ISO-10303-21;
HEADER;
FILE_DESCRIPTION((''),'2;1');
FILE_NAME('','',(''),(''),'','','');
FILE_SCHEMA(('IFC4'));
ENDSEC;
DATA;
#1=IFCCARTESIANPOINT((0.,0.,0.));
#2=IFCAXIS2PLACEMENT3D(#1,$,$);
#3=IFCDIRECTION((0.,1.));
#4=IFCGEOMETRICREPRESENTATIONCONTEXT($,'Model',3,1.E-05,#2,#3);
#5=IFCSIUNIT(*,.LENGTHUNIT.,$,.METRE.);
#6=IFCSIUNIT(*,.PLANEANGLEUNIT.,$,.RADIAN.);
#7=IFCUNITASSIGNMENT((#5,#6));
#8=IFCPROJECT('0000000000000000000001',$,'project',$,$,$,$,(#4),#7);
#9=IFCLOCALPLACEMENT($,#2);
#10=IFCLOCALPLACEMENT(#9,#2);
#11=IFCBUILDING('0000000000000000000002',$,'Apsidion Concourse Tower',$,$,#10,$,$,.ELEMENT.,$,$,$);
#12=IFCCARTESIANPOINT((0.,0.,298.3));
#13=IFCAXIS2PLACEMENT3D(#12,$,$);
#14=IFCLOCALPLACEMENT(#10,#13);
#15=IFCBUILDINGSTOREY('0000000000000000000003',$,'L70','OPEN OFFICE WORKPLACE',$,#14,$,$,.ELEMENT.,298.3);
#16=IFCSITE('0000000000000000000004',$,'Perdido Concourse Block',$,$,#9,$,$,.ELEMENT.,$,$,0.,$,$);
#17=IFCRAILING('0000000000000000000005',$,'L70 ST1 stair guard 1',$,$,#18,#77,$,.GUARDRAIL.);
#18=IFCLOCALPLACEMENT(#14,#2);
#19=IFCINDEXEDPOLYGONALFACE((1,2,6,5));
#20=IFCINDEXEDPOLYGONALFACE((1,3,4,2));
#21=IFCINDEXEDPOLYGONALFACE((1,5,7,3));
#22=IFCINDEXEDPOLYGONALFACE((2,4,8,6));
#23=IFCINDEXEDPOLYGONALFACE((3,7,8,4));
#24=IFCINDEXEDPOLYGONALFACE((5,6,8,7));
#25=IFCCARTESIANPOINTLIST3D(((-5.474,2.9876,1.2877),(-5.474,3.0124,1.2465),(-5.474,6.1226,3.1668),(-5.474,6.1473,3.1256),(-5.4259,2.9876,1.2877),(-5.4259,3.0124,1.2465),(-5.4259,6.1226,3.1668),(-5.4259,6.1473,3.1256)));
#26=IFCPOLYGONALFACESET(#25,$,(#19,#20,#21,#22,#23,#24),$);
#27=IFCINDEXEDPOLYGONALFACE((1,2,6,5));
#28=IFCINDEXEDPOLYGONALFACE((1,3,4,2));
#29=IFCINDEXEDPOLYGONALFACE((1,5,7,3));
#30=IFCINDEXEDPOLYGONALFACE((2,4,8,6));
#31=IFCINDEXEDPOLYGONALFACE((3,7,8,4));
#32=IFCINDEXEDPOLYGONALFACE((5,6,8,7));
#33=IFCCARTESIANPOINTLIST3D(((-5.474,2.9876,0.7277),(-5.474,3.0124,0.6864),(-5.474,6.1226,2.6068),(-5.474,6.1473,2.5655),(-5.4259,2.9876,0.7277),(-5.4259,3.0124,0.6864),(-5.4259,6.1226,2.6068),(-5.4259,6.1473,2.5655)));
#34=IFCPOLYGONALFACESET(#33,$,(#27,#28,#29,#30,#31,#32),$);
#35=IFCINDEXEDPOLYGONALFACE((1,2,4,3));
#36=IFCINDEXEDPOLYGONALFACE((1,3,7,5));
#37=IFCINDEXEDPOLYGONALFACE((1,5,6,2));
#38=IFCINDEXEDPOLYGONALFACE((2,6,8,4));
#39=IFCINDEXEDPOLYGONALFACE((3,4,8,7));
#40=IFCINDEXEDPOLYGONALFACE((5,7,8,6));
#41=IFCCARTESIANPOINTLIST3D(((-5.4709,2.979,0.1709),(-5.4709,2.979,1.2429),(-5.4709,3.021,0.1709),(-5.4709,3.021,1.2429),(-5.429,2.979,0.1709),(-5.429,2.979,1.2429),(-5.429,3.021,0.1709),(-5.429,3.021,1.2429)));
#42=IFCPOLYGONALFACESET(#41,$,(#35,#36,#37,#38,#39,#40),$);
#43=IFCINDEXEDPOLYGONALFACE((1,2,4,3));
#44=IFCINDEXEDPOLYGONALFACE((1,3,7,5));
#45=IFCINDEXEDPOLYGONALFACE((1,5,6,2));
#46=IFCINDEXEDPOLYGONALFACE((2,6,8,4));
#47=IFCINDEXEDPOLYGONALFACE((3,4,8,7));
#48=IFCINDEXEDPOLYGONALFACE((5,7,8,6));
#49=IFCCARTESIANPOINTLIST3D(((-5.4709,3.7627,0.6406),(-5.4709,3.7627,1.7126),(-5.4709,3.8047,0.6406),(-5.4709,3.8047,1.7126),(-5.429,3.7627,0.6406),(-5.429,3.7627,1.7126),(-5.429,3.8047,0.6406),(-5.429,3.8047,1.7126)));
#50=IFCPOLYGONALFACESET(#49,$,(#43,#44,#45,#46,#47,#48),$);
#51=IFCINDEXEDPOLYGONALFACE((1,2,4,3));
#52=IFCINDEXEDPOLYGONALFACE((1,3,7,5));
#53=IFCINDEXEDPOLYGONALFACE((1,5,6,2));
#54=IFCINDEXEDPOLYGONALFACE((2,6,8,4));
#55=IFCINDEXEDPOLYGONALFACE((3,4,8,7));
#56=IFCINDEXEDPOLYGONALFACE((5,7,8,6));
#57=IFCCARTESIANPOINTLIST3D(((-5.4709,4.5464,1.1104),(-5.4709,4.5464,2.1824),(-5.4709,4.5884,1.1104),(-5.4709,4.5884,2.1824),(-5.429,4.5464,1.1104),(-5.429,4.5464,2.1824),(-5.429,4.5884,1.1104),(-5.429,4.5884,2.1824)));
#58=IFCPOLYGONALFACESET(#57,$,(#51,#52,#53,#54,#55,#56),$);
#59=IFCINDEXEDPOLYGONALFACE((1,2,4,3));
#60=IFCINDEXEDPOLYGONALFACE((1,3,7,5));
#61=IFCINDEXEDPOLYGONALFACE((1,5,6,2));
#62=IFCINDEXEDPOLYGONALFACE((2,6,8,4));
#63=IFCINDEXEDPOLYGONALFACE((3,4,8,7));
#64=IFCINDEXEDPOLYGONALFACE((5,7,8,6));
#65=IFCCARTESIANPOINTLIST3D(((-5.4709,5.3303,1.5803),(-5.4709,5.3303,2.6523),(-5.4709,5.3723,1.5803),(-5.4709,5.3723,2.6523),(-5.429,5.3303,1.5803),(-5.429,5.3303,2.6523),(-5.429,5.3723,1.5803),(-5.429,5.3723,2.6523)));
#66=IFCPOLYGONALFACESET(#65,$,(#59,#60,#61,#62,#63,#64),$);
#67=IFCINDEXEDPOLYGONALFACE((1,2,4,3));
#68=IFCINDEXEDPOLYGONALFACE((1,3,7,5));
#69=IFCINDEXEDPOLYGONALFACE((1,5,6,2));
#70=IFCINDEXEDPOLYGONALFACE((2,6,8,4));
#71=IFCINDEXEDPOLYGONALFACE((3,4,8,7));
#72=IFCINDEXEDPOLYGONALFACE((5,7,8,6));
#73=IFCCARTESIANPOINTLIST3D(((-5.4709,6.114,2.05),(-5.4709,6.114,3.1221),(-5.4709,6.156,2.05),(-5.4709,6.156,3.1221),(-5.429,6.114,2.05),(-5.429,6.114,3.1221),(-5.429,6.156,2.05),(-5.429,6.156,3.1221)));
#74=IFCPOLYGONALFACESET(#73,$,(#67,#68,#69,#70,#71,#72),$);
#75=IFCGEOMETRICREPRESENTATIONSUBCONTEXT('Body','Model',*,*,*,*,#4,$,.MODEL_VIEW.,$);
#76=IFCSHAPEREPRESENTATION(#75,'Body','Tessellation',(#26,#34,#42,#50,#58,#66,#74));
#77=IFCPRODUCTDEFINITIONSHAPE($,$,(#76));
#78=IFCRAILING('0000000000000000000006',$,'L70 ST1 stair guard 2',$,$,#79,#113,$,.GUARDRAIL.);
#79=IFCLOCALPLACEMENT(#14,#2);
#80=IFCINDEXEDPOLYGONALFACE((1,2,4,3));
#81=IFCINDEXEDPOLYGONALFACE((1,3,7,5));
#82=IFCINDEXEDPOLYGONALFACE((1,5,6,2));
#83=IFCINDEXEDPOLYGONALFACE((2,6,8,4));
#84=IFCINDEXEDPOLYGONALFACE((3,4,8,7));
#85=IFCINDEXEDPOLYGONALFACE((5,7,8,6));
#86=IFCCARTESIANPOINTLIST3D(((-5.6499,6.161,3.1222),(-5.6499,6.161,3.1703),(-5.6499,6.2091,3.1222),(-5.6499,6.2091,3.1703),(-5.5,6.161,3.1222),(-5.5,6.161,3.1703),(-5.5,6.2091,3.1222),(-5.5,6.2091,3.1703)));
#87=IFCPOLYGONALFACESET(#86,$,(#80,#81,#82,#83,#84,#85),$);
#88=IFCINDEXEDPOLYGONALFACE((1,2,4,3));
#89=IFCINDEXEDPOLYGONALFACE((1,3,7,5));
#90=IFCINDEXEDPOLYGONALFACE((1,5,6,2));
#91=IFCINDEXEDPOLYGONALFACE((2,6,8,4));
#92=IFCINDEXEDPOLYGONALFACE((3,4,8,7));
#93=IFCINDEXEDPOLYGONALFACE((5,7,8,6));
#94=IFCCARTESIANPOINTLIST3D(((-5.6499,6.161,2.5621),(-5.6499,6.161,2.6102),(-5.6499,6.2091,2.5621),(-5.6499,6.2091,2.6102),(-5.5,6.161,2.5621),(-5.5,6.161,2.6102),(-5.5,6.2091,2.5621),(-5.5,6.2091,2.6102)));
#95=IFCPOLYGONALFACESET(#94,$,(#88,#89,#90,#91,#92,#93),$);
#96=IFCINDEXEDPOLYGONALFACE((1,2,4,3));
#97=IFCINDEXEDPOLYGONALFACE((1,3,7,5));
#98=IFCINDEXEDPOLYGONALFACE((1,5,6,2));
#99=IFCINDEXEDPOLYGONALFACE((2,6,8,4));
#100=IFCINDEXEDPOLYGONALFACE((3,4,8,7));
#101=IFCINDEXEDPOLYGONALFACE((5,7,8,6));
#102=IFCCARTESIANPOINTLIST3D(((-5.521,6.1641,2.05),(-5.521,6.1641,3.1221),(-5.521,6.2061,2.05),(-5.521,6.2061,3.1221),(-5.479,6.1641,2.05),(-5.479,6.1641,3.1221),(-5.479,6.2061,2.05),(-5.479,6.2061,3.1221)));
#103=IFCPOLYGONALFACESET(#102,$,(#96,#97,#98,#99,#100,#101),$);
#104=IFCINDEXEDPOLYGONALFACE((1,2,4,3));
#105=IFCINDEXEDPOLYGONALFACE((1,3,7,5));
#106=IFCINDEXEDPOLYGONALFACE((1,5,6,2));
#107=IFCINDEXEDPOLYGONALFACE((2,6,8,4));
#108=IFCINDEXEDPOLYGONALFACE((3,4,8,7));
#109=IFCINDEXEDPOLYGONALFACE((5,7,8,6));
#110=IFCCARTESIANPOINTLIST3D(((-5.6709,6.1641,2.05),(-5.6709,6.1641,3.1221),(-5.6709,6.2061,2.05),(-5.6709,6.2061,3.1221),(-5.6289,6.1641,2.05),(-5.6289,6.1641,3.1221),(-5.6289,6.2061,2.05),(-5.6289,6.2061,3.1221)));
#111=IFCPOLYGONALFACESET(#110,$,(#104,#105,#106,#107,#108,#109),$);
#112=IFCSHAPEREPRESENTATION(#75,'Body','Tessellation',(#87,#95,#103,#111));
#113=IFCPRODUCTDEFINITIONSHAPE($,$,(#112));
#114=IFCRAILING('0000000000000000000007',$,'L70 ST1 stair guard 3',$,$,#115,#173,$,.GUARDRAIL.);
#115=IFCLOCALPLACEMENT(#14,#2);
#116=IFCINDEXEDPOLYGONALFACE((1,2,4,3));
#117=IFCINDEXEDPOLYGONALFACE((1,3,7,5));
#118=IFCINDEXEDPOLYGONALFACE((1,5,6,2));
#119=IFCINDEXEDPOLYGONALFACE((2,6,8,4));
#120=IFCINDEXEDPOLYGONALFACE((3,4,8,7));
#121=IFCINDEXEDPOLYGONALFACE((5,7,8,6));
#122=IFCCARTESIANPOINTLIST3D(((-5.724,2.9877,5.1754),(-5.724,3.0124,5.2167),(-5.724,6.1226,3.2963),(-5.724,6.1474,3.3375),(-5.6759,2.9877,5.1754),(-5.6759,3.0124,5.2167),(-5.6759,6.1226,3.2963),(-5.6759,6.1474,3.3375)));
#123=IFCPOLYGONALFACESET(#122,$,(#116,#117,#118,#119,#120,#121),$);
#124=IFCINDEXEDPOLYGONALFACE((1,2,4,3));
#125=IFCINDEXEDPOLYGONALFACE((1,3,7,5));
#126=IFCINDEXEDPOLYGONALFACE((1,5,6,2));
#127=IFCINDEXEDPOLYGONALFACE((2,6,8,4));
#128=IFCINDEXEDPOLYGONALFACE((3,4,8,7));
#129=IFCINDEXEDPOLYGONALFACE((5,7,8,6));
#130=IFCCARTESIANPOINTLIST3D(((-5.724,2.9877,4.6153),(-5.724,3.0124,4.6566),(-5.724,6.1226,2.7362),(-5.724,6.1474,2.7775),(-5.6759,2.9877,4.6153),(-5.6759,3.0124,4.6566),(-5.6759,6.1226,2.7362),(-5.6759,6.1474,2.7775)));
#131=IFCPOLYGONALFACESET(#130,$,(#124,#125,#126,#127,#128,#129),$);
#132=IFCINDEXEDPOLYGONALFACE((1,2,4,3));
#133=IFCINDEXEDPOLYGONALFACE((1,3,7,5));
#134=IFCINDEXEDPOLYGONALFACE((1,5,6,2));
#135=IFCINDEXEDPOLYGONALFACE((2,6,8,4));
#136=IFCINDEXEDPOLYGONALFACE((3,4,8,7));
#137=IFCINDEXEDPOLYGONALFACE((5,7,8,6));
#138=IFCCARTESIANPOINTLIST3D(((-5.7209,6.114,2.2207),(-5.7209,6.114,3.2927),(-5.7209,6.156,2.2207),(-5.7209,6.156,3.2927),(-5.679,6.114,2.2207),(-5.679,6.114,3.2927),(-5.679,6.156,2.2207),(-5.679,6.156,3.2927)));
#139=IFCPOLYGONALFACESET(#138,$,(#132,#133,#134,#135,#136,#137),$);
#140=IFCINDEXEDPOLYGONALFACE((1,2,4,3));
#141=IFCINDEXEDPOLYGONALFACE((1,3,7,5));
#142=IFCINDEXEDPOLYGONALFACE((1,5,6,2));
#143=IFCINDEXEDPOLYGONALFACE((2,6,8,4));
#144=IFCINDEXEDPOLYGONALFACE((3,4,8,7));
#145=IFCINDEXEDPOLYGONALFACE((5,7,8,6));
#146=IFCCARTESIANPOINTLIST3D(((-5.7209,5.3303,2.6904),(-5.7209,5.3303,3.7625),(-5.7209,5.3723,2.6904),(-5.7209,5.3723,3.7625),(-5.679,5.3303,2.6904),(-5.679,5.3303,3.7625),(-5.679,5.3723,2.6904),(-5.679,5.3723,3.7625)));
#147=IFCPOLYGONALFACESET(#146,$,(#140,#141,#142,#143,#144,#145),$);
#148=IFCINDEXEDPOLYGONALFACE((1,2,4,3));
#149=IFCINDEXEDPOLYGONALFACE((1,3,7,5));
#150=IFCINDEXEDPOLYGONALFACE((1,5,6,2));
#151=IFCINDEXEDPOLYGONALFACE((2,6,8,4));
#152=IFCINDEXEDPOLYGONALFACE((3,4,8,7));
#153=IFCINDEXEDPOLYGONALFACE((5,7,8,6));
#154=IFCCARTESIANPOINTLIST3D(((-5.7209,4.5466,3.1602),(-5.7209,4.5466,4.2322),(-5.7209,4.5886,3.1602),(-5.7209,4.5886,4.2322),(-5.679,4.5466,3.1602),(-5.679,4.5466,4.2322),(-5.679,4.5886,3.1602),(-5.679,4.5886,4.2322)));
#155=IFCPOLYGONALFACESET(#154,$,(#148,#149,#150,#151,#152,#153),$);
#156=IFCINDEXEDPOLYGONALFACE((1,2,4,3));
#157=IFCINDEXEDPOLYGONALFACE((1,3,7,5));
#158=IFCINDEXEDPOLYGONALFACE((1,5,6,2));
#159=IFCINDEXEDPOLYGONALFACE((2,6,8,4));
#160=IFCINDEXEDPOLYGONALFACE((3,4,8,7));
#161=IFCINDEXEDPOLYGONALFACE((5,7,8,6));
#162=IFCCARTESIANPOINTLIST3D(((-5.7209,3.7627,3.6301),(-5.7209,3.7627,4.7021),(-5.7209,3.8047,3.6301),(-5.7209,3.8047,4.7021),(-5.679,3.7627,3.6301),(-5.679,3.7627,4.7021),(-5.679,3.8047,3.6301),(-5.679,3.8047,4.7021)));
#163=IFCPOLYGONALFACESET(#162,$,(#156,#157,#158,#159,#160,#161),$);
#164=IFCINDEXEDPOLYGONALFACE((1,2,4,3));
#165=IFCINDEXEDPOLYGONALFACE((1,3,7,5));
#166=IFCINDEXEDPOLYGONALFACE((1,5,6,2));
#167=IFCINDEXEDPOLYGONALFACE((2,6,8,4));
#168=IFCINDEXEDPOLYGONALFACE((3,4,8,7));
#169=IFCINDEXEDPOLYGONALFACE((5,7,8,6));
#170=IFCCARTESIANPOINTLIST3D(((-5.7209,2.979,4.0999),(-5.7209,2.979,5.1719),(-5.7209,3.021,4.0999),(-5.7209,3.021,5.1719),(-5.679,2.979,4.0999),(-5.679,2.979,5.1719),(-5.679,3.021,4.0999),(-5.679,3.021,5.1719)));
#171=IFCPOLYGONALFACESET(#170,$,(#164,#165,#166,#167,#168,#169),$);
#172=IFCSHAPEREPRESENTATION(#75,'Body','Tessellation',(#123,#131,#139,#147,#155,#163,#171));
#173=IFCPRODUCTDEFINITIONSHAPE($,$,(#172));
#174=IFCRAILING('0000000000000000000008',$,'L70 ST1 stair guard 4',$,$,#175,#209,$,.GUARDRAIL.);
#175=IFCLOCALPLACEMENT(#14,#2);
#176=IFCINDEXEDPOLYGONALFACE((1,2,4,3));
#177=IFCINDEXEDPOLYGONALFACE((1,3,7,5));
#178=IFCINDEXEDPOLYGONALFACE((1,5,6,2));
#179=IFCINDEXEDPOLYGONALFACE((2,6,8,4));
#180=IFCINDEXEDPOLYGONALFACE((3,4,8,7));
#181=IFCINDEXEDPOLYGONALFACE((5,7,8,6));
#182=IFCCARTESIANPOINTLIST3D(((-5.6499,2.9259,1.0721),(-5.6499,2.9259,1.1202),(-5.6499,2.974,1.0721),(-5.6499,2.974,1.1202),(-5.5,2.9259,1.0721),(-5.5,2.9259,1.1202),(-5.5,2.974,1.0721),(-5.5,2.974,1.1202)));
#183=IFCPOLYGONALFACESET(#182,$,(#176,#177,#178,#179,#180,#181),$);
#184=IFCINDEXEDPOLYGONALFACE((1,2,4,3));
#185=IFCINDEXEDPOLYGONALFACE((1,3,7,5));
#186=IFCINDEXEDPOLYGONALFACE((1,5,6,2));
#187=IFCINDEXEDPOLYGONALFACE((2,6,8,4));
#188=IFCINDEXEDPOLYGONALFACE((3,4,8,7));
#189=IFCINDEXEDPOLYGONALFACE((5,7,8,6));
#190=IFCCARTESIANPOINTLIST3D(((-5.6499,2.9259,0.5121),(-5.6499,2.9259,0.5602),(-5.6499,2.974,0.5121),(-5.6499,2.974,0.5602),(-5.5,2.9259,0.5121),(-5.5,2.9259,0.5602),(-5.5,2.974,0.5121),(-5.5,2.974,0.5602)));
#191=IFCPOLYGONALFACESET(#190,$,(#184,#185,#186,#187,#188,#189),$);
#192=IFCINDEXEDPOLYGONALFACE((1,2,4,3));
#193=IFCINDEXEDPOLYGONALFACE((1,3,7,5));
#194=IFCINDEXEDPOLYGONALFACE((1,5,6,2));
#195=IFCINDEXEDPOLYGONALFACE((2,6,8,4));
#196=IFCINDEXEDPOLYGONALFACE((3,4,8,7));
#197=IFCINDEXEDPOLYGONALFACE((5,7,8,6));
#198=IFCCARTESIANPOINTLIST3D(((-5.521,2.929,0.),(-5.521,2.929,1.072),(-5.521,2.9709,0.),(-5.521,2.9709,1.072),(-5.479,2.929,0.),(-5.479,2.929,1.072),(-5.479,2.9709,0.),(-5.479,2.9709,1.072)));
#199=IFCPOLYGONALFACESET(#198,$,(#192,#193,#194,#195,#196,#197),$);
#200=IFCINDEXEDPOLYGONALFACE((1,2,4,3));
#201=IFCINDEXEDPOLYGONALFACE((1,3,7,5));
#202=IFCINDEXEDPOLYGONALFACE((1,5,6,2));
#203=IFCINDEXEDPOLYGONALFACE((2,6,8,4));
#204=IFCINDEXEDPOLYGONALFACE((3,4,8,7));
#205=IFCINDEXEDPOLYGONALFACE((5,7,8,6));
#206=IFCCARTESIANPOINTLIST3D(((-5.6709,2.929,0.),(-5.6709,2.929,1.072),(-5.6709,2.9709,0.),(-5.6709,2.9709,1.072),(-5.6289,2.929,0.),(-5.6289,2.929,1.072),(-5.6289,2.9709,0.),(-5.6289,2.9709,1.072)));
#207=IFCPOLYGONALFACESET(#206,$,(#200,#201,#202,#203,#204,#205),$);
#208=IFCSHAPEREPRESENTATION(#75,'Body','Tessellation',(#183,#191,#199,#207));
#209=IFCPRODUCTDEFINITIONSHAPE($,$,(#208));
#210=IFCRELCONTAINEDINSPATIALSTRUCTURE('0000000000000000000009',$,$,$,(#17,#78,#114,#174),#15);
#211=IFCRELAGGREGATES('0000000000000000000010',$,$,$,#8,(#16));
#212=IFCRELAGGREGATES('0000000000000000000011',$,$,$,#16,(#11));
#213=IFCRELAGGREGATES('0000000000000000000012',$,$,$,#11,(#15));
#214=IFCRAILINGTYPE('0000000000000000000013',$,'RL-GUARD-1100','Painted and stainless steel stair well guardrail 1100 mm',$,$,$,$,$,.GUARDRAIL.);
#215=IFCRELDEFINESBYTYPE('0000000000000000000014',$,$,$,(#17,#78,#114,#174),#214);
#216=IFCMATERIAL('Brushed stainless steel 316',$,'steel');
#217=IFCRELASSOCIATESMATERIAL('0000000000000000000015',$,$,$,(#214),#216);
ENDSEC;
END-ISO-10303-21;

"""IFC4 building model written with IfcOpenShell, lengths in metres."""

from ifc_helpers import new_model, si_unit, direction, frame, origin, origin_2d, place, context, subcontext, project, spatial, rectangle, extrude, material, type_object, element, save


model = new_model("IFC4")

# Units and contexts
model_context = context("Model", 3, precision=1e-05, world=origin(), true_north=direction((0.0, 1.0)))
body_context = subcontext(model_context, "Body", "Model", "MODEL_VIEW")
ifc_project = project(units=[si_unit("LENGTHUNIT", "METRE"), si_unit("PLANEANGLEUNIT", "RADIAN")], contexts=[model_context])

# Site, building, storey
site_placement = place(None, origin())
site = spatial("IfcSite", under=ifc_project, at=site_placement, Name="Perdido Concourse Block", CompositionType="ELEMENT", RefElevation=0.0)
building_placement = place(site_placement, origin())
building = spatial("IfcBuilding", under=site, at=building_placement, Name="Apsidion Concourse Tower", CompositionType="ELEMENT")
storey_placement = place(building_placement, frame((0.0, 0.0, 298.3)))
storey = spatial("IfcBuildingStorey", under=building, at=storey_placement, Name="L70", Description="OPEN OFFICE WORKPLACE", CompositionType="ELEMENT", Elevation=298.3)

# Shared definitions
ifc_material_1 = material(Name="Brushed stainless steel 316", Category="steel")

# Railings
railing_type_1 = type_object("IfcRailingType", Name="RL-GUARD-1100", Description="Painted and stainless steel stair well guardrail 1100 mm", PredefinedType="GUARDRAIL", material=ifc_material_1)
railing_1_placement = place(storey_placement, frame((-5.45, 3.0, 0.1709)))
element("IfcRailing", 1, at=railing_1_placement, inside=storey, type_object=railing_type_1, Name="L70 ST1 stair guard 1", PredefinedType="GUARDRAIL", context=body_context, shape_type="SweptSolid", body=[
    extrude(rectangle(XDim=0.0481, YDim=0.0481, at=origin_2d()), frame((0.0, 0.0, 1.0962), z_axis=(0.0, 0.857717, 0.514122), x_axis=(-1.0, 0.0, 0.0)), (0.0, 0.0, 1.0), 3.655),
    extrude(rectangle(XDim=0.0481, YDim=0.0481, at=origin_2d()), frame((0.0, 0.0, 0.5361), z_axis=(0.0, 0.857717, 0.514122), x_axis=(-1.0, 0.0, 0.0)), (0.0, 0.0, 1.0), 3.655),
    extrude(rectangle(XDim=0.042, YDim=0.042, at=origin_2d()), origin(), (0.0, 0.0, 1.0), 1.072),
    extrude(rectangle(XDim=0.042, YDim=0.042, at=origin_2d()), frame((0.0, 0.7837, 0.4697)), (0.0, 0.0, 1.0), 1.072),
    extrude(rectangle(XDim=0.042, YDim=0.042, at=origin_2d()), frame((0.0, 1.5674, 0.9395)), (0.0, 0.0, 1.0), 1.072),
    extrude(rectangle(XDim=0.042, YDim=0.042, at=origin_2d()), frame((0.0, 2.3513, 1.4094)), (0.0, 0.0, 1.0), 1.072),
    extrude(rectangle(XDim=0.042, YDim=0.042, at=origin_2d()), frame((0.0, 3.135, 1.8792)), (0.0, 0.0, 1.0), 1.072),
])
railing_2_placement = place(storey_placement, frame((-5.5, 6.1851, 2.05)))
element("IfcRailing", 2, at=railing_2_placement, inside=storey, type_object=railing_type_1, Name="L70 ST1 stair guard 2", PredefinedType="GUARDRAIL", context=body_context, shape_type="SweptSolid", body=[
    extrude(rectangle(XDim=0.0481, YDim=0.0481, at=origin_2d()), frame((0.0, 0.0, 1.0962), z_axis=(-1.0, 0.0, 0.0), x_axis=(0.0, -1.0, 0.0)), (0.0, 0.0, 1.0), 0.1499),
    extrude(rectangle(XDim=0.0481, YDim=0.0481, at=origin_2d()), frame((0.0, 0.0, 0.5361), z_axis=(-1.0, 0.0, 0.0), x_axis=(0.0, -1.0, 0.0)), (0.0, 0.0, 1.0), 0.1499),
    extrude(rectangle(XDim=0.042, YDim=0.042, at=origin_2d()), origin(), (0.0, 0.0, 1.0), 1.072),
    extrude(rectangle(XDim=0.042, YDim=0.042, at=origin_2d()), frame((-0.1499, 0.0, 0.0)), (0.0, 0.0, 1.0), 1.072),
])
railing_3_placement = place(storey_placement, frame((-5.7, 6.135, 2.2207)))
element("IfcRailing", 3, at=railing_3_placement, inside=storey, type_object=railing_type_1, Name="L70 ST1 stair guard 3", PredefinedType="GUARDRAIL", context=body_context, shape_type="SweptSolid", body=[
    extrude(rectangle(XDim=0.0481, YDim=0.0481, at=origin_2d()), frame((0.0, 0.0, 1.0962), z_axis=(0.0, -0.857717, 0.514122), x_axis=(1.0, 0.0, 0.0)), (0.0, 0.0, 1.0), 3.655),
    extrude(rectangle(XDim=0.0481, YDim=0.0481, at=origin_2d()), frame((0.0, 0.0, 0.5361), z_axis=(0.0, -0.857717, 0.514122), x_axis=(1.0, 0.0, 0.0)), (0.0, 0.0, 1.0), 3.655),
    extrude(rectangle(XDim=0.042, YDim=0.042, at=origin_2d()), origin(), (0.0, 0.0, 1.0), 1.072),
    extrude(rectangle(XDim=0.042, YDim=0.042, at=origin_2d()), frame((0.0, -0.7837, 0.4697)), (0.0, 0.0, 1.0), 1.072),
    extrude(rectangle(XDim=0.042, YDim=0.042, at=origin_2d()), frame((0.0, -1.5674, 0.9395)), (0.0, 0.0, 1.0), 1.072),
    extrude(rectangle(XDim=0.042, YDim=0.042, at=origin_2d()), frame((0.0, -2.3513, 1.4094)), (0.0, 0.0, 1.0), 1.072),
    extrude(rectangle(XDim=0.042, YDim=0.042, at=origin_2d()), frame((0.0, -3.135, 1.8792)), (0.0, 0.0, 1.0), 1.072),
])
railing_4_placement = place(storey_placement, frame((-5.5, 2.95, 0.0)))
element("IfcRailing", 4, at=railing_4_placement, inside=storey, type_object=railing_type_1, Name="L70 ST1 stair guard 4", PredefinedType="GUARDRAIL", context=body_context, shape_type="SweptSolid", body=[
    extrude(rectangle(XDim=0.0481, YDim=0.0481, at=origin_2d()), frame((0.0, 0.0, 1.0962), z_axis=(-1.0, 0.0, 0.0), x_axis=(0.0, -1.0, 0.0)), (0.0, 0.0, 1.0), 0.1499),
    extrude(rectangle(XDim=0.0481, YDim=0.0481, at=origin_2d()), frame((0.0, 0.0, 0.5361), z_axis=(-1.0, 0.0, 0.0), x_axis=(0.0, -1.0, 0.0)), (0.0, 0.0, 1.0), 0.1499),
    extrude(rectangle(XDim=0.042, YDim=0.042, at=origin_2d()), origin(), (0.0, 0.0, 1.0), 1.072),
    extrude(rectangle(XDim=0.042, YDim=0.042, at=origin_2d()), frame((-0.1499, 0.0, 0.0)), (0.0, 0.0, 1.0), 1.072),
])

save(model, "model.ifc")
